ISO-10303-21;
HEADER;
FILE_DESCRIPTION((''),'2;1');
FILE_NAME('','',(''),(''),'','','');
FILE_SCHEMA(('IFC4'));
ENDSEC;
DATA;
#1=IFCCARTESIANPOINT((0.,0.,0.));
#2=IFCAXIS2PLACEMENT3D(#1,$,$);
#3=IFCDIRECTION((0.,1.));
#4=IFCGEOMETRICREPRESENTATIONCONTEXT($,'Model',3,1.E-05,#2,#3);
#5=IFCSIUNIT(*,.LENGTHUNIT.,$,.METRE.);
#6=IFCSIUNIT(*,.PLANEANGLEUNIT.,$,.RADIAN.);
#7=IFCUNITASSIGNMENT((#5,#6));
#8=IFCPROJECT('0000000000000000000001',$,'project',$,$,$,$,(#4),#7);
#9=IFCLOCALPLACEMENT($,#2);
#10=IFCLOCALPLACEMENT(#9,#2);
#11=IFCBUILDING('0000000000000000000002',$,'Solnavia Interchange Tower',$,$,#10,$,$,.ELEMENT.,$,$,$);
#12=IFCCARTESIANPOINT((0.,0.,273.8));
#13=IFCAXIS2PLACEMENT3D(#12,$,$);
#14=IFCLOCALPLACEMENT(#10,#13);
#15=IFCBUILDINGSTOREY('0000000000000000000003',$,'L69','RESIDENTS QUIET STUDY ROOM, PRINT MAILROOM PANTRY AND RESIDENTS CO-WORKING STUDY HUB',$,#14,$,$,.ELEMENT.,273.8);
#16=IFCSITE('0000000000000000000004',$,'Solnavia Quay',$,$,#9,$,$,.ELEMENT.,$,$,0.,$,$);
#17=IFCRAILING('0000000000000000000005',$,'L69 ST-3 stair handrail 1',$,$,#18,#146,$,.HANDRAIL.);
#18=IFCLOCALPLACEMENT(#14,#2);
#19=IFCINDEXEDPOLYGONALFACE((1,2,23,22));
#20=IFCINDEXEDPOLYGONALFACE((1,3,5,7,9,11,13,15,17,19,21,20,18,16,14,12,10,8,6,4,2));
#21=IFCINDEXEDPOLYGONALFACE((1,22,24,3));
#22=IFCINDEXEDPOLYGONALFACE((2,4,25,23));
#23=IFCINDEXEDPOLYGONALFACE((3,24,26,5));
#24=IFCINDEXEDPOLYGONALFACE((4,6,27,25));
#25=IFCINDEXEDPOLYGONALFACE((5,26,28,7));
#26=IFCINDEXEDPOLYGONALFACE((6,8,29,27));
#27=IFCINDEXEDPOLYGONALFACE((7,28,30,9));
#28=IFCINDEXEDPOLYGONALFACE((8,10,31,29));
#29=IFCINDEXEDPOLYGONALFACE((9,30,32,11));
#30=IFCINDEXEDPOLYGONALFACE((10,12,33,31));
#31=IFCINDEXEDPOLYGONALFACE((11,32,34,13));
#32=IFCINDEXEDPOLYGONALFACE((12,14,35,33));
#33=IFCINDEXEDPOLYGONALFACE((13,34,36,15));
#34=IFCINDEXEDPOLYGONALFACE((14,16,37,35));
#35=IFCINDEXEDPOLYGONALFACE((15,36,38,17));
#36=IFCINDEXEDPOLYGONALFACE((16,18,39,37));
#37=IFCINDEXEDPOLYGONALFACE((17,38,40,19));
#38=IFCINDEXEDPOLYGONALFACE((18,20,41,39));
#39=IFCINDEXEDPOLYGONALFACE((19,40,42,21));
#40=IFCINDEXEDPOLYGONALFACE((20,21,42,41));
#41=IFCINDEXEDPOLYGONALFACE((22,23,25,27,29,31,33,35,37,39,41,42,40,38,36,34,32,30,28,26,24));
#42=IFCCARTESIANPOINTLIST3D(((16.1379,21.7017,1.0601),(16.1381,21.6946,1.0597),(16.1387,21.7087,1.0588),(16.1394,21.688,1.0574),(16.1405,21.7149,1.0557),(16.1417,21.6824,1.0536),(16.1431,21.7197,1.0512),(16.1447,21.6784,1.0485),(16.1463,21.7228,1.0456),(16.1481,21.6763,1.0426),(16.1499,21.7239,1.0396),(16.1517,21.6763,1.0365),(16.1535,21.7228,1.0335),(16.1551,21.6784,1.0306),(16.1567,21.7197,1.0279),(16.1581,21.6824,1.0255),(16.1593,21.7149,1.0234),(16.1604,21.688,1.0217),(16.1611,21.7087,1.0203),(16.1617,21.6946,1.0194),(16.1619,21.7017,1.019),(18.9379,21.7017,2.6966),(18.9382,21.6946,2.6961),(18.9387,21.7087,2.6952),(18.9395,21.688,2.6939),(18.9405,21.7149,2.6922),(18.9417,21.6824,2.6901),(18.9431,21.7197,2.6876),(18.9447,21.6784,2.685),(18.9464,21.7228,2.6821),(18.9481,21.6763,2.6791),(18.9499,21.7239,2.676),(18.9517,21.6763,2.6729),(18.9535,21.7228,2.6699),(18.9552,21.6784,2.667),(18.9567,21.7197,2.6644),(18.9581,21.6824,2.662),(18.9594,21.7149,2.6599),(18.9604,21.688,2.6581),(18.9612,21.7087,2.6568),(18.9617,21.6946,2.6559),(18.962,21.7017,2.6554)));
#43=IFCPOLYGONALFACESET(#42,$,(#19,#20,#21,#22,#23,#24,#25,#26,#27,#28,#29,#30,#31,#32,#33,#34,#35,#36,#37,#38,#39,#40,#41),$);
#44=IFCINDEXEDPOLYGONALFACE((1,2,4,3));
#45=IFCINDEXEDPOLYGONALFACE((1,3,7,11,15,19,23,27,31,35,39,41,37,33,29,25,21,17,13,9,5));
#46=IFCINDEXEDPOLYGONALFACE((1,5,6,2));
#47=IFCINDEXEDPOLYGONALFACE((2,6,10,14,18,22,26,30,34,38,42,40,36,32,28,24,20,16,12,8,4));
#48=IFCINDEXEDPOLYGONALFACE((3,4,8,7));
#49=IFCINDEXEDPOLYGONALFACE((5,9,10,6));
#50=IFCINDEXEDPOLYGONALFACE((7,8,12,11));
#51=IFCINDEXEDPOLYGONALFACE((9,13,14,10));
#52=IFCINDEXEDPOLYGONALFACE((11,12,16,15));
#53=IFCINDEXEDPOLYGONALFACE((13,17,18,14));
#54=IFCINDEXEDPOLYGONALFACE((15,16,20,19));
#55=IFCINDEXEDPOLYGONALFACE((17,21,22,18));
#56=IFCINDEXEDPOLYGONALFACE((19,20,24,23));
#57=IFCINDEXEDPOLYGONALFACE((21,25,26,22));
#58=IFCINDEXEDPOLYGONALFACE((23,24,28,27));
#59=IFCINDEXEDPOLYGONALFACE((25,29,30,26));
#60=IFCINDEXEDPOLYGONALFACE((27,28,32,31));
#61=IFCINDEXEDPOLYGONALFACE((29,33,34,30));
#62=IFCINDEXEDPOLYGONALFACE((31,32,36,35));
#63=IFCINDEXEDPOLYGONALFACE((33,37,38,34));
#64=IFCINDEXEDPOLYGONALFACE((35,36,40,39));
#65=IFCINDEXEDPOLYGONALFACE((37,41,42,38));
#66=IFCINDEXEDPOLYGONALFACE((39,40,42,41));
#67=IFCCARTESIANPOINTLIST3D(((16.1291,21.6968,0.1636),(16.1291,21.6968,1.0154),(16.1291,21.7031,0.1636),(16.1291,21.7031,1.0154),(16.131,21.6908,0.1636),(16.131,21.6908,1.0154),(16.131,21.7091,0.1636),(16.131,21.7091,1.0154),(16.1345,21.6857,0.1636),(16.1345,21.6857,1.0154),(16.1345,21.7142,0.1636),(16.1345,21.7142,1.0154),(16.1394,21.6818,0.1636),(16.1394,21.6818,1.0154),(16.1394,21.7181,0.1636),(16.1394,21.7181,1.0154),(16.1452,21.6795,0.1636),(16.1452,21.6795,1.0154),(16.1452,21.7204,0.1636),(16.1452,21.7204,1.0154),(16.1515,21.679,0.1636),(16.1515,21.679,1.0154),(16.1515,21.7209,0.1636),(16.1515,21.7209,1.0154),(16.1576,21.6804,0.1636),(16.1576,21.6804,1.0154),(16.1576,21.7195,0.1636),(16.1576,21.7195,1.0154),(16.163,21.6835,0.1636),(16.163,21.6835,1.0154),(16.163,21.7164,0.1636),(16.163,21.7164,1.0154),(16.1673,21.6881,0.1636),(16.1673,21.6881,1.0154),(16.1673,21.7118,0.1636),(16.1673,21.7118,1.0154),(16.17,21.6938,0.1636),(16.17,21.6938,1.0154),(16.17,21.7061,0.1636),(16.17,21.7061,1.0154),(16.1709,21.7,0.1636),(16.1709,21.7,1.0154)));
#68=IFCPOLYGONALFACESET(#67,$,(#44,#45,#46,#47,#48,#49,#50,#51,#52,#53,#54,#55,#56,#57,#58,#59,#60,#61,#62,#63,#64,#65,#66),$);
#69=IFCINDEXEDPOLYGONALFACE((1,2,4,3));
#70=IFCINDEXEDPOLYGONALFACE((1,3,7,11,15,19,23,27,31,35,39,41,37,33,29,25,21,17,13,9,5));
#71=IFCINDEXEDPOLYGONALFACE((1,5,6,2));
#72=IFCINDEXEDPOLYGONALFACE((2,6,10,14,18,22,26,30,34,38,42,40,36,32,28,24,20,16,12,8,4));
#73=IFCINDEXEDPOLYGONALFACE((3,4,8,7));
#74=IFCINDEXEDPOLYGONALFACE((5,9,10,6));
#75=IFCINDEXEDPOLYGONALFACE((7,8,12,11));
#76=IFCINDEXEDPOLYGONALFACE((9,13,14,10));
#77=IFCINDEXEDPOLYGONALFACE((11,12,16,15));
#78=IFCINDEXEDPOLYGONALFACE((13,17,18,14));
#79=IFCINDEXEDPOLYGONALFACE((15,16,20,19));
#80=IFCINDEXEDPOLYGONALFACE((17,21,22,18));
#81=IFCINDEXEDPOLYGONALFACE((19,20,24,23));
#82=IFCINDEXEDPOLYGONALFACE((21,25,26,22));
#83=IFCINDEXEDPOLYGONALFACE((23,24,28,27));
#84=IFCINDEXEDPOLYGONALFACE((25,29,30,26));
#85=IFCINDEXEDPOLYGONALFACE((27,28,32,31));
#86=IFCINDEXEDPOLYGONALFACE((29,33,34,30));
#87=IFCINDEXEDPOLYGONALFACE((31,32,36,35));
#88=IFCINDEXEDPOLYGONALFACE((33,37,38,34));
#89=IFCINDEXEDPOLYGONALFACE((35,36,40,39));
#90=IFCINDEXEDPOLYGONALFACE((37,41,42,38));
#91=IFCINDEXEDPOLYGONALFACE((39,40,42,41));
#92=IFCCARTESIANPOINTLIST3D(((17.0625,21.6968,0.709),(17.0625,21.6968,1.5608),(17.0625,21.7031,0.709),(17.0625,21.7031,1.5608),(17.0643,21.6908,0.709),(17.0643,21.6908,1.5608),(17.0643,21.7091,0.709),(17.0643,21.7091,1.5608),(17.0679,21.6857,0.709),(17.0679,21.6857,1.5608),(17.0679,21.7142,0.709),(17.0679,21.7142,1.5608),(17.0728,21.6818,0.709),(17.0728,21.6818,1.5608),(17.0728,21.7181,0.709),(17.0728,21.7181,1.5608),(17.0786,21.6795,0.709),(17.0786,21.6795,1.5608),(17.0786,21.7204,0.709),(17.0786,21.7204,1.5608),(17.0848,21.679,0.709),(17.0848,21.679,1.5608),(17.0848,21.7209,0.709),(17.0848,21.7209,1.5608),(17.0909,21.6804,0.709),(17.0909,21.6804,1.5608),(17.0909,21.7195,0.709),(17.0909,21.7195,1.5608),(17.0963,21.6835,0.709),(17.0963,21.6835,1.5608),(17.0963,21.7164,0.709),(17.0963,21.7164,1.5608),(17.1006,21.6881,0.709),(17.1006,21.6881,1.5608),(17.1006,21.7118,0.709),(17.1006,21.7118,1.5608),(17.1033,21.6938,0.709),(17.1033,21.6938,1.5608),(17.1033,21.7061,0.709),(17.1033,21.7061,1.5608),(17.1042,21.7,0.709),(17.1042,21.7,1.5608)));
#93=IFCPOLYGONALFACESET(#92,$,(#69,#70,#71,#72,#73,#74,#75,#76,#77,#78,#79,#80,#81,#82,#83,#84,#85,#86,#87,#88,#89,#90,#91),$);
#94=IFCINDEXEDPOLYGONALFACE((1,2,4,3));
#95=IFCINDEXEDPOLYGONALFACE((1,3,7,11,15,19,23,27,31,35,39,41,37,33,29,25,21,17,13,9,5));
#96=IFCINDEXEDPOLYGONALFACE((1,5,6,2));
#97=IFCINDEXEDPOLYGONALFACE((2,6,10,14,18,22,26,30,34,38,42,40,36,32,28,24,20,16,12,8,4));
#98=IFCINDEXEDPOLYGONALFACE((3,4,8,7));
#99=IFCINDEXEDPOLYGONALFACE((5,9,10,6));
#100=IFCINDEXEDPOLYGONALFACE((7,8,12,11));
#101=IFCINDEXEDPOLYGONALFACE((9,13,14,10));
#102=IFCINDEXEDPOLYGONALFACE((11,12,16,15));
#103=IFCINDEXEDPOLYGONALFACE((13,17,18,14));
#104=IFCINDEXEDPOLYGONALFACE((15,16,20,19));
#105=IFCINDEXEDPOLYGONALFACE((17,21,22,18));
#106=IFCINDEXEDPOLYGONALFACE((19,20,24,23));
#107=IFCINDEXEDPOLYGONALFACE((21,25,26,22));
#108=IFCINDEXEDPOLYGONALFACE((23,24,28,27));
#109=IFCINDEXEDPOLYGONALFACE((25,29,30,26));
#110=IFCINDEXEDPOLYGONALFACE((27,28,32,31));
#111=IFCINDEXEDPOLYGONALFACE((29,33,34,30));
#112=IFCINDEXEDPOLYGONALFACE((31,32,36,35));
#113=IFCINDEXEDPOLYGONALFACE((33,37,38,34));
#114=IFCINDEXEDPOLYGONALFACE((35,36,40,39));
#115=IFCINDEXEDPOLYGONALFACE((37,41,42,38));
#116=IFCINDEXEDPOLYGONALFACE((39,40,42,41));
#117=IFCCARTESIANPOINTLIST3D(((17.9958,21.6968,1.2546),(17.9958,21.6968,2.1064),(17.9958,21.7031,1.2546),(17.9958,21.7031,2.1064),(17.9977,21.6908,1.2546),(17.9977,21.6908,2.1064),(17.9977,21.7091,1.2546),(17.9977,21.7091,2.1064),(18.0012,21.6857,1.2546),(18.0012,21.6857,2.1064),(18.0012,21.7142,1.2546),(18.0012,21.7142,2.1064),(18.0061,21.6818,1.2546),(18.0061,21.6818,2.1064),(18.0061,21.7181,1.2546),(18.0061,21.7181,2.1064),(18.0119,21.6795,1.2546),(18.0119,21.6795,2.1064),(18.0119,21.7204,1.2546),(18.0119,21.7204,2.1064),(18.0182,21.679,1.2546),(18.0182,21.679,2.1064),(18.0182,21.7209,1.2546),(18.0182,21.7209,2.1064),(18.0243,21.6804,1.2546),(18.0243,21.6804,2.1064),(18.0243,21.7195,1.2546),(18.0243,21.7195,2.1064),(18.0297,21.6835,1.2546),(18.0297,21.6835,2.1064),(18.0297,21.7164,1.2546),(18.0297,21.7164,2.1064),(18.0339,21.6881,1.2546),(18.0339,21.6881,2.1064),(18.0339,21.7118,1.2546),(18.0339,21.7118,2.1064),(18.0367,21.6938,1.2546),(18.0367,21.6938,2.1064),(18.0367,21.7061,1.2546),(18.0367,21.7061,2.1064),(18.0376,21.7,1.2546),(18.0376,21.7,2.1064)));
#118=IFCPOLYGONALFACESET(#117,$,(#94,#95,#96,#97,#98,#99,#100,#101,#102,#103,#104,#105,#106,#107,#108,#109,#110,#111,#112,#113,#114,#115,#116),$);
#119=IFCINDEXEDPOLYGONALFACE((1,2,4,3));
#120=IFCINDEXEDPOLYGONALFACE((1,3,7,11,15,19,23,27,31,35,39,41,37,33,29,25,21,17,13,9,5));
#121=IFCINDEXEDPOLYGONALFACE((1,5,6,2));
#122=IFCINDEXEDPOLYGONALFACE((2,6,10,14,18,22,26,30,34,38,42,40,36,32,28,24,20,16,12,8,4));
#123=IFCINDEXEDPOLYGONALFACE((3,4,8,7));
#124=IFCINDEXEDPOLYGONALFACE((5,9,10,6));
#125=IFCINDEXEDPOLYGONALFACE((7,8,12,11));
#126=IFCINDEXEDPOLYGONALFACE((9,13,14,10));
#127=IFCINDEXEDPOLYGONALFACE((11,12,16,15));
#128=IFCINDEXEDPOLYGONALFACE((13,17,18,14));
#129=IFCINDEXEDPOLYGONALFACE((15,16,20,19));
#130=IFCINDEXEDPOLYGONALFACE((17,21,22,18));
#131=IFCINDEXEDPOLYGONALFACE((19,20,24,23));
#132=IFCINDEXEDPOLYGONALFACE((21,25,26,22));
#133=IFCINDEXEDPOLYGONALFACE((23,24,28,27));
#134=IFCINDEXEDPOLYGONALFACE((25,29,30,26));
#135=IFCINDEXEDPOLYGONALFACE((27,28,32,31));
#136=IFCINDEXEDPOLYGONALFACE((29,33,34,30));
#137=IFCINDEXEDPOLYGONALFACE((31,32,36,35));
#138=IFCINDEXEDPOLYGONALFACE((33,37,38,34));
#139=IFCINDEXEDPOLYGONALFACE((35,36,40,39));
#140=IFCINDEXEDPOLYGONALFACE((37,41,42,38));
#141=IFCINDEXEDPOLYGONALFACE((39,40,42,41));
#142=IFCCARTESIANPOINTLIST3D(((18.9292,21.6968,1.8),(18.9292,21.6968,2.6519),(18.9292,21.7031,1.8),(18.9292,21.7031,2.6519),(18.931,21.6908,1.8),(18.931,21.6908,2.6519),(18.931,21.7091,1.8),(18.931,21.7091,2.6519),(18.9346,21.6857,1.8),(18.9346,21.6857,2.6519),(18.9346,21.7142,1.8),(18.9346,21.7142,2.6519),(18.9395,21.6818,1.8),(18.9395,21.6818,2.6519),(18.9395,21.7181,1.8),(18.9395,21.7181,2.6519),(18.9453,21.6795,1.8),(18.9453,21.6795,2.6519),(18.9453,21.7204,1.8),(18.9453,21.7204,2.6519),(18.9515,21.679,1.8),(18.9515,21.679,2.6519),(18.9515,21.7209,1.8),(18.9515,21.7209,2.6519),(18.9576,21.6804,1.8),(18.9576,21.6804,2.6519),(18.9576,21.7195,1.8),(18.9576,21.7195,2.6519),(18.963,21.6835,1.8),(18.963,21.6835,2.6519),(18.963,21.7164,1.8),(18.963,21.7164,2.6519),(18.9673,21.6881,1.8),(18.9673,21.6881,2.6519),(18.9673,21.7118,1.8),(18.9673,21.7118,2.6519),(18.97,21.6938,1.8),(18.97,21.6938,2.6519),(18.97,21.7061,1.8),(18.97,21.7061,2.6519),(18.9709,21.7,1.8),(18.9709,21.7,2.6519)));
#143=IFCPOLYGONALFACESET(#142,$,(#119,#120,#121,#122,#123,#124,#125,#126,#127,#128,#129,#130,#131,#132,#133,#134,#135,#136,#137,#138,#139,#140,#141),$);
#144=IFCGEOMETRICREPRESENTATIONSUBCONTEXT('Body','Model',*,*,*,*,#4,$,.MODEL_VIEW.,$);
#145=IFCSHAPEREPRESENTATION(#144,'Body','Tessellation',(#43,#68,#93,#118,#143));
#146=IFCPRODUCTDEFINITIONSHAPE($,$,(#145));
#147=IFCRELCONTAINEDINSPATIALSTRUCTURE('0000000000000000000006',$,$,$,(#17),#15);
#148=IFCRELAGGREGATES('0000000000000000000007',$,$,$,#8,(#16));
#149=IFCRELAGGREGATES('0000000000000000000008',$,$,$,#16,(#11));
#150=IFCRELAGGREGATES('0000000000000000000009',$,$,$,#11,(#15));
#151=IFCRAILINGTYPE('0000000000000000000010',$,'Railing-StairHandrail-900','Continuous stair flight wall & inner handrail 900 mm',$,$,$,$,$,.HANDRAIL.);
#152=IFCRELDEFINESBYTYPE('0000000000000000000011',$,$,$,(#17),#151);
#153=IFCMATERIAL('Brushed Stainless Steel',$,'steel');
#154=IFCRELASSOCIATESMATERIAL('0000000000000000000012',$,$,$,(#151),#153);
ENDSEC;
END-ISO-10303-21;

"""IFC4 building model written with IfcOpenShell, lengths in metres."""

from ifc_helpers import new_model, si_unit, direction, frame, origin, origin_2d, place, context, subcontext, project, spatial, circle, extrude, material, type_object, element, save


model = new_model("IFC4")

# Units and contexts
model_context = context("Model", 3, precision=1e-05, world=origin(), true_north=direction((0.0, 1.0)))
body_context = subcontext(model_context, "Body", "Model", "MODEL_VIEW")
ifc_project = project(units=[si_unit("LENGTHUNIT", "METRE"), si_unit("PLANEANGLEUNIT", "RADIAN")], contexts=[model_context])

# Site, building, storey
site_placement = place(None, origin())
site = spatial("IfcSite", under=ifc_project, at=site_placement, Name="Solnavia Quay", CompositionType="ELEMENT", RefElevation=0.0)
building_placement = place(site_placement, origin())
building = spatial("IfcBuilding", under=site, at=building_placement, Name="Solnavia Interchange Tower", CompositionType="ELEMENT")
storey_placement = place(building_placement, frame((0.0, 0.0, 273.8)))
storey = spatial("IfcBuildingStorey", under=building, at=storey_placement, Name="L69", Description="RESIDENTS QUIET STUDY ROOM, PRINT MAILROOM PANTRY AND RESIDENTS CO-WORKING STUDY HUB", CompositionType="ELEMENT", Elevation=273.8)

# Railing
ifc_material_1 = material(Name="Brushed Stainless Steel", Category="steel")
railing_type_1 = type_object("IfcRailingType", Name="Railing-StairHandrail-900", Description="Continuous stair flight wall & inner handrail 900 mm", PredefinedType="HANDRAIL", material=ifc_material_1)
railing_1_placement = place(storey_placement, frame((16.1499, 21.7, 0.1636)))
element("IfcRailing", 1, at=railing_1_placement, inside=storey, type_object=railing_type_1, Name="L69 ST-3 stair handrail 1", PredefinedType="HANDRAIL", context=body_context, shape_type="SweptSolid", body=[
    extrude(circle(Radius=0.0239, at=origin_2d()), frame((0.0, 0.0, 0.876), z_axis=(0.863361, 0.0, 0.504587), x_axis=(0.0, 1.0, 0.0)), (0.0, 0.0, 1.0), 3.2432),
    extrude(circle(Radius=0.021, at=origin_2d()), origin(), (0.0, 0.0, 1.0), 0.8518),
    extrude(circle(Radius=0.021, at=origin_2d()), frame((0.9333, 0.0, 0.5454)), (0.0, 0.0, 1.0), 0.8518),
    extrude(circle(Radius=0.021, at=origin_2d()), frame((1.8667, 0.0, 1.0911)), (0.0, 0.0, 1.0), 0.8518),
    extrude(circle(Radius=0.021, at=origin_2d()), frame((2.8, 0.0, 1.6365)), (0.0, 0.0, 1.0), 0.8518),
])

save(model, "model.ifc")
